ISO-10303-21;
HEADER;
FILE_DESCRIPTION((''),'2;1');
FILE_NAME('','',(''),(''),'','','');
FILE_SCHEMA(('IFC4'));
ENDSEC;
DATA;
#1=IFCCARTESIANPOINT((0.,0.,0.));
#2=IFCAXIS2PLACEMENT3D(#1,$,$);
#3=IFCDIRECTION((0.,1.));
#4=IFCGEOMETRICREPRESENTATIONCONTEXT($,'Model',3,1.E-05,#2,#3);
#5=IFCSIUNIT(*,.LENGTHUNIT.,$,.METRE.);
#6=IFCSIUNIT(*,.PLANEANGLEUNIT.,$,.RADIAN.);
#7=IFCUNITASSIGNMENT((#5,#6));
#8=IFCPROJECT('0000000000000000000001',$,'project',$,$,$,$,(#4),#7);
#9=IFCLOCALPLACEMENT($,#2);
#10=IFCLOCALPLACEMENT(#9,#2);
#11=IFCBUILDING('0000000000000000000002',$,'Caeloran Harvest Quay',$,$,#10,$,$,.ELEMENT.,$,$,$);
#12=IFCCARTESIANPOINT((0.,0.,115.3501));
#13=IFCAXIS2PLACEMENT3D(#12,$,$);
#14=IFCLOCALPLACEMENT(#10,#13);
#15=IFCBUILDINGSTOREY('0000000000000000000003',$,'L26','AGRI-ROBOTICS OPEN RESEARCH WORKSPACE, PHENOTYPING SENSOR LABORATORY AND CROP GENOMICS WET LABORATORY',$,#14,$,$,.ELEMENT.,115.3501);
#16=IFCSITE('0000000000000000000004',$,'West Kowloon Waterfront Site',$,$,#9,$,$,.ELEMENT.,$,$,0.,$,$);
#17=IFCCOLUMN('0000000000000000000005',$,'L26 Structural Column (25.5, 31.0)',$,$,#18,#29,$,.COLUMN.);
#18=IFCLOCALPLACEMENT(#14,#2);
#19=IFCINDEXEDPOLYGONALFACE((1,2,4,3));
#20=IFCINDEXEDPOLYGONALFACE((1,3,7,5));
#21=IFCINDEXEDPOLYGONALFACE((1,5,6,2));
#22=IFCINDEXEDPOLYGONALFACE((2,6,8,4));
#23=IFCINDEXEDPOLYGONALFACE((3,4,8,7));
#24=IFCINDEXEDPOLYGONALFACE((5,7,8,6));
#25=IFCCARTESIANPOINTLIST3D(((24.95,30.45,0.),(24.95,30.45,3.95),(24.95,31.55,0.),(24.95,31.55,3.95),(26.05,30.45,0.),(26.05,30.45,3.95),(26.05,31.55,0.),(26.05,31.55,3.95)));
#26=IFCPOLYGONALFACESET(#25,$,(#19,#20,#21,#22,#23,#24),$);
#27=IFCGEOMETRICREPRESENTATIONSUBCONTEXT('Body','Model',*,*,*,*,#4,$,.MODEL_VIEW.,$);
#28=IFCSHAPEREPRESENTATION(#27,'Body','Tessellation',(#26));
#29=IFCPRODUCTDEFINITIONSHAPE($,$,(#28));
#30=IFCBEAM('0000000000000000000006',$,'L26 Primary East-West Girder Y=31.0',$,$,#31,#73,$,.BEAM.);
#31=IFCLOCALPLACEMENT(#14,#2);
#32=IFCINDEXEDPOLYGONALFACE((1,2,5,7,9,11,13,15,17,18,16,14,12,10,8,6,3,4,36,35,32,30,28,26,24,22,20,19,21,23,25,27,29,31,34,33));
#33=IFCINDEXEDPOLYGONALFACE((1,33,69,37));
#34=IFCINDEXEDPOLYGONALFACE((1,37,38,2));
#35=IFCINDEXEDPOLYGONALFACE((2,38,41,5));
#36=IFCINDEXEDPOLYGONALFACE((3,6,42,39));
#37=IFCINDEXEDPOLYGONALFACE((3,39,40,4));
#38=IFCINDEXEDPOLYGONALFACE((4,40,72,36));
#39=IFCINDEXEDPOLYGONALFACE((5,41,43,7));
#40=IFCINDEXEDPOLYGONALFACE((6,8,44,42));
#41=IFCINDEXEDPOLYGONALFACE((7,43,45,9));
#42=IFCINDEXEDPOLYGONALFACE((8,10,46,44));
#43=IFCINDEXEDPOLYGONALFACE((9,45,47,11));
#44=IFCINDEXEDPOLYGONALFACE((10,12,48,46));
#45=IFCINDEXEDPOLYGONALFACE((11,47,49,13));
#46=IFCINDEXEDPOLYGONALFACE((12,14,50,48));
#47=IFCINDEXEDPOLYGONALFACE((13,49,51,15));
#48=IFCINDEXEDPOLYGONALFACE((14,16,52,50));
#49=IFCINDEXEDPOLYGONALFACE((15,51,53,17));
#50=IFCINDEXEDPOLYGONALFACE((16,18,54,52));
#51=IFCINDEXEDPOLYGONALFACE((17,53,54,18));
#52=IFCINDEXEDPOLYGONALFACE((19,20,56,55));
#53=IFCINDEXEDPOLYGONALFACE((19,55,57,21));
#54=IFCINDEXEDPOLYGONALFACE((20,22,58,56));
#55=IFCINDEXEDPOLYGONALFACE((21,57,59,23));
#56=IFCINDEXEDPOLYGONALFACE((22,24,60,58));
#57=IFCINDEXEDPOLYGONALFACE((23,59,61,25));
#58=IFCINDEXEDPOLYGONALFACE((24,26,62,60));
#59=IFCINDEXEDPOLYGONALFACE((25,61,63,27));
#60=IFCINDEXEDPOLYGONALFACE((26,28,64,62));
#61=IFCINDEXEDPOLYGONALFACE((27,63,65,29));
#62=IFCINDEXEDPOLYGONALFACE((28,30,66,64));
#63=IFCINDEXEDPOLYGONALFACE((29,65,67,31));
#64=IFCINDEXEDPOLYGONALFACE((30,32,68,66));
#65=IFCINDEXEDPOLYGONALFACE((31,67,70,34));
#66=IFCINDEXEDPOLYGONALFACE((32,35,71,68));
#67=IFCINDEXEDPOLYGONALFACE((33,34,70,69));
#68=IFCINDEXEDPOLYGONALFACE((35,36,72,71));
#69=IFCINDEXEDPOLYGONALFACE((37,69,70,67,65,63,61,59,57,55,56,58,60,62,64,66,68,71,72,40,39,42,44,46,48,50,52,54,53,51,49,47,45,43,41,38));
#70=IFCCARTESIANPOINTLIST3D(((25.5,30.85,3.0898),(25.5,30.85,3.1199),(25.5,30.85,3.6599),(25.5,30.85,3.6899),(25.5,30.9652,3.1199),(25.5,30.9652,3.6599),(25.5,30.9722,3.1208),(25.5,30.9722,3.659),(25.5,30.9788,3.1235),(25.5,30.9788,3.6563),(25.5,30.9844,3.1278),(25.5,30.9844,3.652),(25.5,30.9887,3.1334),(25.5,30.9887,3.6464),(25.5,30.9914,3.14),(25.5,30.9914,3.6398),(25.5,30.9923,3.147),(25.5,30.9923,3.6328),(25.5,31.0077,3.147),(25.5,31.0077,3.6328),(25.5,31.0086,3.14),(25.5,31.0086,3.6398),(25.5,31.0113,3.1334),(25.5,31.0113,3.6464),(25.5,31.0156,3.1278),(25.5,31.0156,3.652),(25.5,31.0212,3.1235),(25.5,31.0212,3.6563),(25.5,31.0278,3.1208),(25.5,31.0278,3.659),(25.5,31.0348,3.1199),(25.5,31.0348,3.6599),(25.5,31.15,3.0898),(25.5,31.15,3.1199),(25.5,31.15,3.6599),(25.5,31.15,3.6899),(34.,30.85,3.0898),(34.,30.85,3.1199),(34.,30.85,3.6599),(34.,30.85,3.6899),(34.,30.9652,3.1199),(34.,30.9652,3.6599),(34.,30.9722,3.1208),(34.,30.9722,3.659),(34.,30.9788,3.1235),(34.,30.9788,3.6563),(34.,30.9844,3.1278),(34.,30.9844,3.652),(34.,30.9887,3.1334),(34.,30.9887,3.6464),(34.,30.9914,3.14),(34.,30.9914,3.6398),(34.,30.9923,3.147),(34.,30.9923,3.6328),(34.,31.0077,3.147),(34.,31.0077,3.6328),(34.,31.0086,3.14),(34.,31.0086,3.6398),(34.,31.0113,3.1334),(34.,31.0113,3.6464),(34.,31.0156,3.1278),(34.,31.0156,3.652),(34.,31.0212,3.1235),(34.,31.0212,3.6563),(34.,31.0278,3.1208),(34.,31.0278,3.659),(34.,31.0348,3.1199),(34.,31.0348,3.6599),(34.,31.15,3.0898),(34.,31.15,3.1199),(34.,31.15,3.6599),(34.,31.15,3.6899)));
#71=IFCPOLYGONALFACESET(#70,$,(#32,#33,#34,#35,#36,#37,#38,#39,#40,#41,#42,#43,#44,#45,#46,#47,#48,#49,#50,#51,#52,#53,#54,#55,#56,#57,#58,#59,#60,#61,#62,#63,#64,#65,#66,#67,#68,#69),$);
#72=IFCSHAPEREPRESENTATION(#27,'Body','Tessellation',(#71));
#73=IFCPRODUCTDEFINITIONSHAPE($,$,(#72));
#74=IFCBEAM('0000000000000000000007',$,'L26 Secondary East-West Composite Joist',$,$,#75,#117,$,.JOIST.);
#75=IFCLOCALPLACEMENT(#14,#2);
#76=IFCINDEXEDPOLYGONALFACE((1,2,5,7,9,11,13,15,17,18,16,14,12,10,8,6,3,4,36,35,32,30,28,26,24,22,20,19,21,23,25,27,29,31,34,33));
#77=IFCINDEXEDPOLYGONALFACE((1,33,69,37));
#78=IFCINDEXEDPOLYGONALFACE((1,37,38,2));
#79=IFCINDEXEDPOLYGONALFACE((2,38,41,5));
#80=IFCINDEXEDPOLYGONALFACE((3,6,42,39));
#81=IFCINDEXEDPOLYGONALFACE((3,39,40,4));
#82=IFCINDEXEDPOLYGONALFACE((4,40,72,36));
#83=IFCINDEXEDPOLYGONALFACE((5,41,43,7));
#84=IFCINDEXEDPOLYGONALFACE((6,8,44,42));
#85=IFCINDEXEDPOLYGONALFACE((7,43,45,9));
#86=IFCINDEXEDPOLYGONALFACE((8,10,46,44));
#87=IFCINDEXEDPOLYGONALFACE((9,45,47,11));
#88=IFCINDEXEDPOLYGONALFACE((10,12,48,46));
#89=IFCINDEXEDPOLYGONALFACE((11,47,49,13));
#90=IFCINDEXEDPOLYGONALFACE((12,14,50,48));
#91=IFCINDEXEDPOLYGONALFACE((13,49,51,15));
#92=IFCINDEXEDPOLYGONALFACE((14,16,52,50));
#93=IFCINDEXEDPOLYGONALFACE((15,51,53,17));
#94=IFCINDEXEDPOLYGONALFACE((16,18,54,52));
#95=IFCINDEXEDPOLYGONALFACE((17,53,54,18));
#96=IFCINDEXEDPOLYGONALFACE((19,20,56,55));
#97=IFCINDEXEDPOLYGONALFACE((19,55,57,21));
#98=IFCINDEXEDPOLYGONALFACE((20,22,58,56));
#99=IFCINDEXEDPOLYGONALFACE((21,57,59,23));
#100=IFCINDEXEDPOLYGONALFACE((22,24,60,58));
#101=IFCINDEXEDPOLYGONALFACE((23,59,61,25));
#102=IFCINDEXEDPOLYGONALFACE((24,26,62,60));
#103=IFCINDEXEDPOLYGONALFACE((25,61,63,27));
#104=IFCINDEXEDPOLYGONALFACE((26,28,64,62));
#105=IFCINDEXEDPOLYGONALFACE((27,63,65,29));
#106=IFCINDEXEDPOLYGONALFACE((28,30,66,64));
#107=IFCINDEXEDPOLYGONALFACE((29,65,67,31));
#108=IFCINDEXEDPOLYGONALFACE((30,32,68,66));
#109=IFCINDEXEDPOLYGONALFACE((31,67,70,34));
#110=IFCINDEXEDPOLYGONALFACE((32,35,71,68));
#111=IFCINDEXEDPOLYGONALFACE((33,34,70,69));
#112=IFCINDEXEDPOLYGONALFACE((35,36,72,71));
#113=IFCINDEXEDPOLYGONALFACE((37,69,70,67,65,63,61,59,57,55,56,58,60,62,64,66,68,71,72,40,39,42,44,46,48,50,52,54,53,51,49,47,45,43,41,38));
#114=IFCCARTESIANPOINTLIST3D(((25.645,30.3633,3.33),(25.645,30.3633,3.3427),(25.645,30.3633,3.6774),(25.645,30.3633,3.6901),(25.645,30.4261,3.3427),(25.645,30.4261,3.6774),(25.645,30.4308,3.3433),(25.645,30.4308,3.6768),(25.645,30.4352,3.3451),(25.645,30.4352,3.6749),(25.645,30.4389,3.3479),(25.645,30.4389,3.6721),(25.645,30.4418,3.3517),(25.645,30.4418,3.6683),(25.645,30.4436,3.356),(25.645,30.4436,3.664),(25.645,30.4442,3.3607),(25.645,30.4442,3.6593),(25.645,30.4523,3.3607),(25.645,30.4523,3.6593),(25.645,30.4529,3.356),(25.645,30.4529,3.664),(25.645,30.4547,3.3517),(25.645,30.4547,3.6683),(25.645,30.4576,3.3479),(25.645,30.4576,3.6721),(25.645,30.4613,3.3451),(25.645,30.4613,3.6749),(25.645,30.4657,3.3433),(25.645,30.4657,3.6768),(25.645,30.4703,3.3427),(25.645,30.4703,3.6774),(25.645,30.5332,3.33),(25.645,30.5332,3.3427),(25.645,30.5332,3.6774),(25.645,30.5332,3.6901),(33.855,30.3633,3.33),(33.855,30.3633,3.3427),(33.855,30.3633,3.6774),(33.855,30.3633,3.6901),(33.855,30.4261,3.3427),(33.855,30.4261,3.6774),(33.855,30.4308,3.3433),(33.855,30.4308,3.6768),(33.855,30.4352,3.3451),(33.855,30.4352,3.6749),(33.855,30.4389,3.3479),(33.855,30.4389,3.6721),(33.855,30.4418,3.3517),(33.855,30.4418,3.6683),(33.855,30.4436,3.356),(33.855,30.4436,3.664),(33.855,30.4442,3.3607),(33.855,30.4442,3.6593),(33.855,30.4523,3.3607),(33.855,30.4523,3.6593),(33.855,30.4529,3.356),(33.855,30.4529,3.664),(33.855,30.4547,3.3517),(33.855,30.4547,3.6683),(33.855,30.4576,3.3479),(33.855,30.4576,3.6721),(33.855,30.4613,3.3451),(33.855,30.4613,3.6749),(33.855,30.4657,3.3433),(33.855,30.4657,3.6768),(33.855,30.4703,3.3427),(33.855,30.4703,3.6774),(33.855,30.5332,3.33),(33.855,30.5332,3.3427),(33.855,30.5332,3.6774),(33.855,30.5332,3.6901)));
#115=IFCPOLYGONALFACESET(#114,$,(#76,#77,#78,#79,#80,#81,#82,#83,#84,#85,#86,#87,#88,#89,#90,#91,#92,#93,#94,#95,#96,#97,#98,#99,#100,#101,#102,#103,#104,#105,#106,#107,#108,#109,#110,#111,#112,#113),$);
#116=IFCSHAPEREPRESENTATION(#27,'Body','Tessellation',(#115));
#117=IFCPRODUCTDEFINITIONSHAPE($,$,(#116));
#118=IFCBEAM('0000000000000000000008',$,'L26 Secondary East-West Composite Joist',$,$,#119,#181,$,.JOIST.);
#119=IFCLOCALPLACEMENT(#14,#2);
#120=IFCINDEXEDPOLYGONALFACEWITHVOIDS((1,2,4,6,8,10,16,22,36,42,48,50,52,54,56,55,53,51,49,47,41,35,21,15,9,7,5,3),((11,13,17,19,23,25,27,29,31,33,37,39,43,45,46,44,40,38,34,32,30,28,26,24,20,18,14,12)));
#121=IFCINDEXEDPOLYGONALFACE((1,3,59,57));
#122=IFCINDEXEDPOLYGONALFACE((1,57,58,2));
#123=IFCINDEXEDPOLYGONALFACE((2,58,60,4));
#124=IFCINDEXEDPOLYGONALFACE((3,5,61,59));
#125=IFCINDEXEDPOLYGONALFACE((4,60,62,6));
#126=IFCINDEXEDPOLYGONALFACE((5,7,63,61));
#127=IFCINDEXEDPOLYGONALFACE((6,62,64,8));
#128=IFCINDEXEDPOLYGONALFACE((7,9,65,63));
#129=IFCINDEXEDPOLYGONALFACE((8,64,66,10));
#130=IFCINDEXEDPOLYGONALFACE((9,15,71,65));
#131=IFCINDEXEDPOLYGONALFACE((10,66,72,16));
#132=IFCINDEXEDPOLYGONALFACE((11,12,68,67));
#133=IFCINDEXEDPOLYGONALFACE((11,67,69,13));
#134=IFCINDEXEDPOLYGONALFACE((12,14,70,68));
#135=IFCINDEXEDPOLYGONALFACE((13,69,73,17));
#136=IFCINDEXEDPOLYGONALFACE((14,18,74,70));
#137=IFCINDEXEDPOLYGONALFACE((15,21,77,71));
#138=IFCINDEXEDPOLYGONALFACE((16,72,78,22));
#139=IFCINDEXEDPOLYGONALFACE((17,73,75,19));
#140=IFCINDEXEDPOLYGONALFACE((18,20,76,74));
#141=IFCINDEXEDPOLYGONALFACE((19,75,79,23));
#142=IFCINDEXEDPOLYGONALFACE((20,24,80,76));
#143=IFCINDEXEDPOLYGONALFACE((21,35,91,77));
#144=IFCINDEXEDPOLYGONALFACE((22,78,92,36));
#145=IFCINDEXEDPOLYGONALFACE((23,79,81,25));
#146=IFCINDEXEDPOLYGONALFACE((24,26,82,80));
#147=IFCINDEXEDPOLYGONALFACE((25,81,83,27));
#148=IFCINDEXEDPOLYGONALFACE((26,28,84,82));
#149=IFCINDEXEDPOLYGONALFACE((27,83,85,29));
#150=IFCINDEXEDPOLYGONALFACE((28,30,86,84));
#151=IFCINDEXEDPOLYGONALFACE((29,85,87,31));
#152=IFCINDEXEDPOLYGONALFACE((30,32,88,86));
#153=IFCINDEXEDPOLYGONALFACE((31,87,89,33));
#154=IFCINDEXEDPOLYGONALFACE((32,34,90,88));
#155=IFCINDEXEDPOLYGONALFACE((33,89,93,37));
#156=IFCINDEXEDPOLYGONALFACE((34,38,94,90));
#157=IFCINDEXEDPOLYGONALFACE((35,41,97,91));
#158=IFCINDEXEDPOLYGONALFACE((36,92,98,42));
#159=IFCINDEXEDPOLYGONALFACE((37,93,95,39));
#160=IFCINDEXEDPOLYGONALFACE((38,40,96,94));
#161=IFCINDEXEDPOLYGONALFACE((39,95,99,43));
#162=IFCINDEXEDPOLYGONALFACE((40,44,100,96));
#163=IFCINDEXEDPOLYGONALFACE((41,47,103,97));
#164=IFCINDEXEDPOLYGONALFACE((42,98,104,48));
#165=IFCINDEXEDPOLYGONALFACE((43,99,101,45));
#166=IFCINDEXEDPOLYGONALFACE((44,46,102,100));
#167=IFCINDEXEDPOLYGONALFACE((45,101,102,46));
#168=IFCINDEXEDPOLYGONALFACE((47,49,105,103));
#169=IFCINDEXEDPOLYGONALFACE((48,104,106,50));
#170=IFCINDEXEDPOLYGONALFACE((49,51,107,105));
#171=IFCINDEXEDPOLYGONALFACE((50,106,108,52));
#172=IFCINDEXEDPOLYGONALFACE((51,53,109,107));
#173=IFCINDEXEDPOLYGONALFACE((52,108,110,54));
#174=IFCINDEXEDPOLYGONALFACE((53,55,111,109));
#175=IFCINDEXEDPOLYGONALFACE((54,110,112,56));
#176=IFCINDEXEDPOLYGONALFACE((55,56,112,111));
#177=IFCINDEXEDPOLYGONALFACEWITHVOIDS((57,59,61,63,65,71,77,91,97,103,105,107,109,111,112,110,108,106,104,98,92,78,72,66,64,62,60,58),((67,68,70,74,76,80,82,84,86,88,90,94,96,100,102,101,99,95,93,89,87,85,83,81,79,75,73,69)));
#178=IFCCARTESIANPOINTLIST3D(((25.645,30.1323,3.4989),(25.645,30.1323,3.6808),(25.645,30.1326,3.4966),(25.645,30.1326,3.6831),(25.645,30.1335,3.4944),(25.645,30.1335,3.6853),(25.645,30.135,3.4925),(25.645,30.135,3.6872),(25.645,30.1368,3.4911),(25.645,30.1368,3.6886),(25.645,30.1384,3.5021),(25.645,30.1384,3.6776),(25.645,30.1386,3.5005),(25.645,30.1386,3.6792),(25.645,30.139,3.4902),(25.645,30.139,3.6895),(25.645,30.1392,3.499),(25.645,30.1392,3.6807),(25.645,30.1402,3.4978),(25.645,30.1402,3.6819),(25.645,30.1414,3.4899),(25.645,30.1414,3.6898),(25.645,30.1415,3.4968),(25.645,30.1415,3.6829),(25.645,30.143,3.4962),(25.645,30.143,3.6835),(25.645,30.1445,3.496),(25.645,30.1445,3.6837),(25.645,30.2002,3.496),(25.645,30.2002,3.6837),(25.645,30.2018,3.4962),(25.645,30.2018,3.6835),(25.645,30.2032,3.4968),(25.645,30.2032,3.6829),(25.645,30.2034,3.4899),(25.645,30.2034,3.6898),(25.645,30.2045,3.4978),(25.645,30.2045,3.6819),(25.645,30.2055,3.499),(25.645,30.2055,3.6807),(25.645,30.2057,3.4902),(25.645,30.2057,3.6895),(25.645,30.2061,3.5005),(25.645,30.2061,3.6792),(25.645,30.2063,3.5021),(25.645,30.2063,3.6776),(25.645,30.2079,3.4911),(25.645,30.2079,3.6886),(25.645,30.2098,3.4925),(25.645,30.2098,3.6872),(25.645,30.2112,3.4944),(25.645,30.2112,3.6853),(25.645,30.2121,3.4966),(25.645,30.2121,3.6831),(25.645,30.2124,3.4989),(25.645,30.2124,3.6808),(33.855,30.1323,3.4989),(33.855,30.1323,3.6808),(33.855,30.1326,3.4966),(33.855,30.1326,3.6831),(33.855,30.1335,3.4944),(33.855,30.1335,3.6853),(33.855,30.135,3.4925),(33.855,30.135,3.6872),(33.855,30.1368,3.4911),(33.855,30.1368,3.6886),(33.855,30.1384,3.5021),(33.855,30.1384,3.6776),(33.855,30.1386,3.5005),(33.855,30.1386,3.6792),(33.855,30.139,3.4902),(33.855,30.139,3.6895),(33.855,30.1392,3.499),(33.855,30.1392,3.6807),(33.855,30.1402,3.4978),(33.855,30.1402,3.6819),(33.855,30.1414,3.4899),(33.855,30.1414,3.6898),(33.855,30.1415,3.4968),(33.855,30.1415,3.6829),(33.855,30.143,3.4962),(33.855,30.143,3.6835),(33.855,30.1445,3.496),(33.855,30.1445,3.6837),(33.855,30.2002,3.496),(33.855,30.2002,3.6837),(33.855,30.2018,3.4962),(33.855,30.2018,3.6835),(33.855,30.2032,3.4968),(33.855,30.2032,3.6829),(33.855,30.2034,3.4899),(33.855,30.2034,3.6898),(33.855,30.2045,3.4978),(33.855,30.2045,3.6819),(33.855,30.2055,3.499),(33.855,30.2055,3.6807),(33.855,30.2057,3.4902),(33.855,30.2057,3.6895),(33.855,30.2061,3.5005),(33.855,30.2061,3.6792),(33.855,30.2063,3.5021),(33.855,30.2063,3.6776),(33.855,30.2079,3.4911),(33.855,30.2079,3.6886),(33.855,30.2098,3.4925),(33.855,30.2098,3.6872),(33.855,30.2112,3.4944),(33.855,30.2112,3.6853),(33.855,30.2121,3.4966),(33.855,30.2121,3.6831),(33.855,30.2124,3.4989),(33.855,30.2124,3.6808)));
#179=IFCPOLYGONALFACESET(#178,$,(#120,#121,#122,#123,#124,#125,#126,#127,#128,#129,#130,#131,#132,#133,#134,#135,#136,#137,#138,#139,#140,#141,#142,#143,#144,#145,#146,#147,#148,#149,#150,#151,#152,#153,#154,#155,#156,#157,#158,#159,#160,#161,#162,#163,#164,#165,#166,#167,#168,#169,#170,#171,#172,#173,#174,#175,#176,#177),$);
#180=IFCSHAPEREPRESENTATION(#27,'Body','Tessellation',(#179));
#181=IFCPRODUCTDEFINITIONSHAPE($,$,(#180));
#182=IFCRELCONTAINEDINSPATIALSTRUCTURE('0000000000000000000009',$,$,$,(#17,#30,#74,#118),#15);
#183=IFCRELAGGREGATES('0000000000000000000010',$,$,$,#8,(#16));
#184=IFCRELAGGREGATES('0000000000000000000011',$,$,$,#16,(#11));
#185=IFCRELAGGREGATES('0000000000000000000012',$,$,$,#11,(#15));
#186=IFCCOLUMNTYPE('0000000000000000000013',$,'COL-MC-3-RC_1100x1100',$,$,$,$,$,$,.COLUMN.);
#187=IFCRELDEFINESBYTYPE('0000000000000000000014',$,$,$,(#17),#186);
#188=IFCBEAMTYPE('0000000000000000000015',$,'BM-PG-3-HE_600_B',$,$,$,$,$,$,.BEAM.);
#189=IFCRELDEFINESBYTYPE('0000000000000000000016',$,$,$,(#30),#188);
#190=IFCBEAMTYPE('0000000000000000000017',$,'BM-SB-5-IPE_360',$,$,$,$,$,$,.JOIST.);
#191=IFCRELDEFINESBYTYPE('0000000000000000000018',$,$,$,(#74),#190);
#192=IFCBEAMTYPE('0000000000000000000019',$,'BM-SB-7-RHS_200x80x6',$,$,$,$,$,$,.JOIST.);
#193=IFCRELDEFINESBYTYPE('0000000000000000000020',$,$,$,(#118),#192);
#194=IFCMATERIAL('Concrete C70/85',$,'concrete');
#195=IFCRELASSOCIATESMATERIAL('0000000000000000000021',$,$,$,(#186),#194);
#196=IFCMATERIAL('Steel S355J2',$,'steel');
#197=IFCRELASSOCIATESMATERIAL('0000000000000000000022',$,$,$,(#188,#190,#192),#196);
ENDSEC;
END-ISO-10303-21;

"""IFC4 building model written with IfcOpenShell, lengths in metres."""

from ifc_helpers import new_model, si_unit, direction, frame, origin, origin_2d, place, context, subcontext, project, spatial, rectangle, hollow_rectangle, i_section, extrude, material, material_profile, profile_set, type_object, element, save


model = new_model("IFC4")

# Units and contexts
model_context = context("Model", 3, precision=1e-05, world=origin(), true_north=direction((0.0, 1.0)))
body_context = subcontext(model_context, "Body", "Model", "MODEL_VIEW")
ifc_project = project(units=[si_unit("LENGTHUNIT", "METRE"), si_unit("PLANEANGLEUNIT", "RADIAN")], contexts=[model_context])

# Site, building, storey
site_placement = place(None, origin())
site = spatial("IfcSite", under=ifc_project, at=site_placement, Name="West Kowloon Waterfront Site", CompositionType="ELEMENT", RefElevation=0.0)
building_placement = place(site_placement, origin())
building = spatial("IfcBuilding", under=site, at=building_placement, Name="Caeloran Harvest Quay", CompositionType="ELEMENT")
storey_placement = place(building_placement, frame((0.0, 0.0, 115.3501)))
storey = spatial("IfcBuildingStorey", under=building, at=storey_placement, Name="L26", Description="AGRI-ROBOTICS OPEN RESEARCH WORKSPACE, PHENOTYPING SENSOR LABORATORY AND CROP GENOMICS WET LABORATORY", CompositionType="ELEMENT", Elevation=115.3501)

# Column
ifc_material_1 = material(Name="Concrete C70/85", Category="concrete")
ifc_material_profile_1 = material_profile(ifc_material_1, rectangle(XDim=1.1001, YDim=1.1001, at=origin_2d()), Name="RC 1100x1100")
ifc_profile_set_1 = profile_set([ifc_material_profile_1], Name="Concrete C70/85")
column_type = type_object("IfcColumnType", Name="COL-MC-3-RC_1100x1100", PredefinedType="COLUMN", material=ifc_profile_set_1)
column_placement = place(storey_placement, frame((25.5, 31.0, 0.0), z_axis=(0.0, 0.0, 1.0), x_axis=(1.0, 0.0, 0.0)))
element("IfcColumn", 1, at=column_placement, inside=storey, type_object=column_type, Name="L26 Structural Column (25.5, 31.0)", PredefinedType="COLUMN", context=body_context, shape_type="SweptSolid", body=[
    extrude(rectangle(XDim=1.1001, YDim=1.1001, at=origin_2d()), origin(), (0.0, 0.0, 1.0), 3.95),
])

# Beams
ifc_material_2 = material(Name="Steel S355J2", Category="steel")
ifc_material_profile_2 = material_profile(ifc_material_2, i_section(OverallWidth=0.3, OverallDepth=0.6001, WebThickness=0.0154, FlangeThickness=0.03, FilletRadius=0.0271, at=origin_2d()), Name="HE 600 B")
ifc_profile_set_2 = profile_set([ifc_material_profile_2], Name="Steel S355J2")
beam_type_1 = type_object("IfcBeamType", Name="BM-PG-3-HE_600_B", PredefinedType="BEAM", material=ifc_profile_set_2)
beam_1_placement = place(storey_placement, frame((25.5, 31.0, 3.3899), z_axis=(1.0, 0.0, 0.0), x_axis=(0.0, 1.0, 0.0)))
element("IfcBeam", 2, at=beam_1_placement, inside=storey, type_object=beam_type_1, Name="L26 Primary East-West Girder Y=31.0", PredefinedType="BEAM", context=body_context, shape_type="SweptSolid", body=[
    extrude(i_section(OverallWidth=0.3, OverallDepth=0.6001, WebThickness=0.0154, FlangeThickness=0.03, FilletRadius=0.0271, at=origin_2d()), origin(), (0.0, 0.0, 1.0), 8.5),
])
ifc_material_profile_3 = material_profile(ifc_material_2, i_section(OverallWidth=0.1699, OverallDepth=0.3601, WebThickness=0.0081, FlangeThickness=0.0127, FilletRadius=0.0181, at=origin_2d()), Name="IPE 360")
ifc_profile_set_3 = profile_set([ifc_material_profile_3], Name="Steel S355J2")
beam_type_2 = type_object("IfcBeamType", Name="BM-SB-5-IPE_360", PredefinedType="JOIST", material=ifc_profile_set_3)
beam_2_placement = place(storey_placement, frame((25.645, 30.4482, 3.51), z_axis=(1.0, 0.0, 0.0), x_axis=(0.0, 1.0, 0.0)))
element("IfcBeam", 3, at=beam_2_placement, inside=storey, type_object=beam_type_2, Name="L26 Secondary East-West Composite Joist", PredefinedType="JOIST", context=body_context, shape_type="SweptSolid", body=[
    extrude(i_section(OverallWidth=0.1699, OverallDepth=0.3601, WebThickness=0.0081, FlangeThickness=0.0127, FilletRadius=0.0181, at=origin_2d()), origin(), (0.0, 0.0, 1.0), 8.21),
])
ifc_material_profile_4 = material_profile(ifc_material_2, hollow_rectangle(XDim=0.0801, YDim=0.2, WallThickness=0.0061, InnerFilletRadius=0.0061, OuterFilletRadius=0.009, at=origin_2d()), Name="RHS 200x80x6")
ifc_profile_set_4 = profile_set([ifc_material_profile_4], Name="Steel S355J2")
beam_type_3 = type_object("IfcBeamType", Name="BM-SB-7-RHS_200x80x6", PredefinedType="JOIST", material=ifc_profile_set_4)
beam_3_placement = place(storey_placement, frame((25.645, 30.1724, 3.5898), z_axis=(1.0, 0.0, 0.0), x_axis=(0.0, 1.0, 0.0)))
element("IfcBeam", 4, at=beam_3_placement, inside=storey, type_object=beam_type_3, Name="L26 Secondary East-West Composite Joist", PredefinedType="JOIST", context=body_context, shape_type="SweptSolid", body=[
    extrude(hollow_rectangle(XDim=0.0801, YDim=0.2, WallThickness=0.0061, InnerFilletRadius=0.0061, OuterFilletRadius=0.009, at=origin_2d()), origin(), (0.0, 0.0, 1.0), 8.21),
])

save(model, "model.ifc")
